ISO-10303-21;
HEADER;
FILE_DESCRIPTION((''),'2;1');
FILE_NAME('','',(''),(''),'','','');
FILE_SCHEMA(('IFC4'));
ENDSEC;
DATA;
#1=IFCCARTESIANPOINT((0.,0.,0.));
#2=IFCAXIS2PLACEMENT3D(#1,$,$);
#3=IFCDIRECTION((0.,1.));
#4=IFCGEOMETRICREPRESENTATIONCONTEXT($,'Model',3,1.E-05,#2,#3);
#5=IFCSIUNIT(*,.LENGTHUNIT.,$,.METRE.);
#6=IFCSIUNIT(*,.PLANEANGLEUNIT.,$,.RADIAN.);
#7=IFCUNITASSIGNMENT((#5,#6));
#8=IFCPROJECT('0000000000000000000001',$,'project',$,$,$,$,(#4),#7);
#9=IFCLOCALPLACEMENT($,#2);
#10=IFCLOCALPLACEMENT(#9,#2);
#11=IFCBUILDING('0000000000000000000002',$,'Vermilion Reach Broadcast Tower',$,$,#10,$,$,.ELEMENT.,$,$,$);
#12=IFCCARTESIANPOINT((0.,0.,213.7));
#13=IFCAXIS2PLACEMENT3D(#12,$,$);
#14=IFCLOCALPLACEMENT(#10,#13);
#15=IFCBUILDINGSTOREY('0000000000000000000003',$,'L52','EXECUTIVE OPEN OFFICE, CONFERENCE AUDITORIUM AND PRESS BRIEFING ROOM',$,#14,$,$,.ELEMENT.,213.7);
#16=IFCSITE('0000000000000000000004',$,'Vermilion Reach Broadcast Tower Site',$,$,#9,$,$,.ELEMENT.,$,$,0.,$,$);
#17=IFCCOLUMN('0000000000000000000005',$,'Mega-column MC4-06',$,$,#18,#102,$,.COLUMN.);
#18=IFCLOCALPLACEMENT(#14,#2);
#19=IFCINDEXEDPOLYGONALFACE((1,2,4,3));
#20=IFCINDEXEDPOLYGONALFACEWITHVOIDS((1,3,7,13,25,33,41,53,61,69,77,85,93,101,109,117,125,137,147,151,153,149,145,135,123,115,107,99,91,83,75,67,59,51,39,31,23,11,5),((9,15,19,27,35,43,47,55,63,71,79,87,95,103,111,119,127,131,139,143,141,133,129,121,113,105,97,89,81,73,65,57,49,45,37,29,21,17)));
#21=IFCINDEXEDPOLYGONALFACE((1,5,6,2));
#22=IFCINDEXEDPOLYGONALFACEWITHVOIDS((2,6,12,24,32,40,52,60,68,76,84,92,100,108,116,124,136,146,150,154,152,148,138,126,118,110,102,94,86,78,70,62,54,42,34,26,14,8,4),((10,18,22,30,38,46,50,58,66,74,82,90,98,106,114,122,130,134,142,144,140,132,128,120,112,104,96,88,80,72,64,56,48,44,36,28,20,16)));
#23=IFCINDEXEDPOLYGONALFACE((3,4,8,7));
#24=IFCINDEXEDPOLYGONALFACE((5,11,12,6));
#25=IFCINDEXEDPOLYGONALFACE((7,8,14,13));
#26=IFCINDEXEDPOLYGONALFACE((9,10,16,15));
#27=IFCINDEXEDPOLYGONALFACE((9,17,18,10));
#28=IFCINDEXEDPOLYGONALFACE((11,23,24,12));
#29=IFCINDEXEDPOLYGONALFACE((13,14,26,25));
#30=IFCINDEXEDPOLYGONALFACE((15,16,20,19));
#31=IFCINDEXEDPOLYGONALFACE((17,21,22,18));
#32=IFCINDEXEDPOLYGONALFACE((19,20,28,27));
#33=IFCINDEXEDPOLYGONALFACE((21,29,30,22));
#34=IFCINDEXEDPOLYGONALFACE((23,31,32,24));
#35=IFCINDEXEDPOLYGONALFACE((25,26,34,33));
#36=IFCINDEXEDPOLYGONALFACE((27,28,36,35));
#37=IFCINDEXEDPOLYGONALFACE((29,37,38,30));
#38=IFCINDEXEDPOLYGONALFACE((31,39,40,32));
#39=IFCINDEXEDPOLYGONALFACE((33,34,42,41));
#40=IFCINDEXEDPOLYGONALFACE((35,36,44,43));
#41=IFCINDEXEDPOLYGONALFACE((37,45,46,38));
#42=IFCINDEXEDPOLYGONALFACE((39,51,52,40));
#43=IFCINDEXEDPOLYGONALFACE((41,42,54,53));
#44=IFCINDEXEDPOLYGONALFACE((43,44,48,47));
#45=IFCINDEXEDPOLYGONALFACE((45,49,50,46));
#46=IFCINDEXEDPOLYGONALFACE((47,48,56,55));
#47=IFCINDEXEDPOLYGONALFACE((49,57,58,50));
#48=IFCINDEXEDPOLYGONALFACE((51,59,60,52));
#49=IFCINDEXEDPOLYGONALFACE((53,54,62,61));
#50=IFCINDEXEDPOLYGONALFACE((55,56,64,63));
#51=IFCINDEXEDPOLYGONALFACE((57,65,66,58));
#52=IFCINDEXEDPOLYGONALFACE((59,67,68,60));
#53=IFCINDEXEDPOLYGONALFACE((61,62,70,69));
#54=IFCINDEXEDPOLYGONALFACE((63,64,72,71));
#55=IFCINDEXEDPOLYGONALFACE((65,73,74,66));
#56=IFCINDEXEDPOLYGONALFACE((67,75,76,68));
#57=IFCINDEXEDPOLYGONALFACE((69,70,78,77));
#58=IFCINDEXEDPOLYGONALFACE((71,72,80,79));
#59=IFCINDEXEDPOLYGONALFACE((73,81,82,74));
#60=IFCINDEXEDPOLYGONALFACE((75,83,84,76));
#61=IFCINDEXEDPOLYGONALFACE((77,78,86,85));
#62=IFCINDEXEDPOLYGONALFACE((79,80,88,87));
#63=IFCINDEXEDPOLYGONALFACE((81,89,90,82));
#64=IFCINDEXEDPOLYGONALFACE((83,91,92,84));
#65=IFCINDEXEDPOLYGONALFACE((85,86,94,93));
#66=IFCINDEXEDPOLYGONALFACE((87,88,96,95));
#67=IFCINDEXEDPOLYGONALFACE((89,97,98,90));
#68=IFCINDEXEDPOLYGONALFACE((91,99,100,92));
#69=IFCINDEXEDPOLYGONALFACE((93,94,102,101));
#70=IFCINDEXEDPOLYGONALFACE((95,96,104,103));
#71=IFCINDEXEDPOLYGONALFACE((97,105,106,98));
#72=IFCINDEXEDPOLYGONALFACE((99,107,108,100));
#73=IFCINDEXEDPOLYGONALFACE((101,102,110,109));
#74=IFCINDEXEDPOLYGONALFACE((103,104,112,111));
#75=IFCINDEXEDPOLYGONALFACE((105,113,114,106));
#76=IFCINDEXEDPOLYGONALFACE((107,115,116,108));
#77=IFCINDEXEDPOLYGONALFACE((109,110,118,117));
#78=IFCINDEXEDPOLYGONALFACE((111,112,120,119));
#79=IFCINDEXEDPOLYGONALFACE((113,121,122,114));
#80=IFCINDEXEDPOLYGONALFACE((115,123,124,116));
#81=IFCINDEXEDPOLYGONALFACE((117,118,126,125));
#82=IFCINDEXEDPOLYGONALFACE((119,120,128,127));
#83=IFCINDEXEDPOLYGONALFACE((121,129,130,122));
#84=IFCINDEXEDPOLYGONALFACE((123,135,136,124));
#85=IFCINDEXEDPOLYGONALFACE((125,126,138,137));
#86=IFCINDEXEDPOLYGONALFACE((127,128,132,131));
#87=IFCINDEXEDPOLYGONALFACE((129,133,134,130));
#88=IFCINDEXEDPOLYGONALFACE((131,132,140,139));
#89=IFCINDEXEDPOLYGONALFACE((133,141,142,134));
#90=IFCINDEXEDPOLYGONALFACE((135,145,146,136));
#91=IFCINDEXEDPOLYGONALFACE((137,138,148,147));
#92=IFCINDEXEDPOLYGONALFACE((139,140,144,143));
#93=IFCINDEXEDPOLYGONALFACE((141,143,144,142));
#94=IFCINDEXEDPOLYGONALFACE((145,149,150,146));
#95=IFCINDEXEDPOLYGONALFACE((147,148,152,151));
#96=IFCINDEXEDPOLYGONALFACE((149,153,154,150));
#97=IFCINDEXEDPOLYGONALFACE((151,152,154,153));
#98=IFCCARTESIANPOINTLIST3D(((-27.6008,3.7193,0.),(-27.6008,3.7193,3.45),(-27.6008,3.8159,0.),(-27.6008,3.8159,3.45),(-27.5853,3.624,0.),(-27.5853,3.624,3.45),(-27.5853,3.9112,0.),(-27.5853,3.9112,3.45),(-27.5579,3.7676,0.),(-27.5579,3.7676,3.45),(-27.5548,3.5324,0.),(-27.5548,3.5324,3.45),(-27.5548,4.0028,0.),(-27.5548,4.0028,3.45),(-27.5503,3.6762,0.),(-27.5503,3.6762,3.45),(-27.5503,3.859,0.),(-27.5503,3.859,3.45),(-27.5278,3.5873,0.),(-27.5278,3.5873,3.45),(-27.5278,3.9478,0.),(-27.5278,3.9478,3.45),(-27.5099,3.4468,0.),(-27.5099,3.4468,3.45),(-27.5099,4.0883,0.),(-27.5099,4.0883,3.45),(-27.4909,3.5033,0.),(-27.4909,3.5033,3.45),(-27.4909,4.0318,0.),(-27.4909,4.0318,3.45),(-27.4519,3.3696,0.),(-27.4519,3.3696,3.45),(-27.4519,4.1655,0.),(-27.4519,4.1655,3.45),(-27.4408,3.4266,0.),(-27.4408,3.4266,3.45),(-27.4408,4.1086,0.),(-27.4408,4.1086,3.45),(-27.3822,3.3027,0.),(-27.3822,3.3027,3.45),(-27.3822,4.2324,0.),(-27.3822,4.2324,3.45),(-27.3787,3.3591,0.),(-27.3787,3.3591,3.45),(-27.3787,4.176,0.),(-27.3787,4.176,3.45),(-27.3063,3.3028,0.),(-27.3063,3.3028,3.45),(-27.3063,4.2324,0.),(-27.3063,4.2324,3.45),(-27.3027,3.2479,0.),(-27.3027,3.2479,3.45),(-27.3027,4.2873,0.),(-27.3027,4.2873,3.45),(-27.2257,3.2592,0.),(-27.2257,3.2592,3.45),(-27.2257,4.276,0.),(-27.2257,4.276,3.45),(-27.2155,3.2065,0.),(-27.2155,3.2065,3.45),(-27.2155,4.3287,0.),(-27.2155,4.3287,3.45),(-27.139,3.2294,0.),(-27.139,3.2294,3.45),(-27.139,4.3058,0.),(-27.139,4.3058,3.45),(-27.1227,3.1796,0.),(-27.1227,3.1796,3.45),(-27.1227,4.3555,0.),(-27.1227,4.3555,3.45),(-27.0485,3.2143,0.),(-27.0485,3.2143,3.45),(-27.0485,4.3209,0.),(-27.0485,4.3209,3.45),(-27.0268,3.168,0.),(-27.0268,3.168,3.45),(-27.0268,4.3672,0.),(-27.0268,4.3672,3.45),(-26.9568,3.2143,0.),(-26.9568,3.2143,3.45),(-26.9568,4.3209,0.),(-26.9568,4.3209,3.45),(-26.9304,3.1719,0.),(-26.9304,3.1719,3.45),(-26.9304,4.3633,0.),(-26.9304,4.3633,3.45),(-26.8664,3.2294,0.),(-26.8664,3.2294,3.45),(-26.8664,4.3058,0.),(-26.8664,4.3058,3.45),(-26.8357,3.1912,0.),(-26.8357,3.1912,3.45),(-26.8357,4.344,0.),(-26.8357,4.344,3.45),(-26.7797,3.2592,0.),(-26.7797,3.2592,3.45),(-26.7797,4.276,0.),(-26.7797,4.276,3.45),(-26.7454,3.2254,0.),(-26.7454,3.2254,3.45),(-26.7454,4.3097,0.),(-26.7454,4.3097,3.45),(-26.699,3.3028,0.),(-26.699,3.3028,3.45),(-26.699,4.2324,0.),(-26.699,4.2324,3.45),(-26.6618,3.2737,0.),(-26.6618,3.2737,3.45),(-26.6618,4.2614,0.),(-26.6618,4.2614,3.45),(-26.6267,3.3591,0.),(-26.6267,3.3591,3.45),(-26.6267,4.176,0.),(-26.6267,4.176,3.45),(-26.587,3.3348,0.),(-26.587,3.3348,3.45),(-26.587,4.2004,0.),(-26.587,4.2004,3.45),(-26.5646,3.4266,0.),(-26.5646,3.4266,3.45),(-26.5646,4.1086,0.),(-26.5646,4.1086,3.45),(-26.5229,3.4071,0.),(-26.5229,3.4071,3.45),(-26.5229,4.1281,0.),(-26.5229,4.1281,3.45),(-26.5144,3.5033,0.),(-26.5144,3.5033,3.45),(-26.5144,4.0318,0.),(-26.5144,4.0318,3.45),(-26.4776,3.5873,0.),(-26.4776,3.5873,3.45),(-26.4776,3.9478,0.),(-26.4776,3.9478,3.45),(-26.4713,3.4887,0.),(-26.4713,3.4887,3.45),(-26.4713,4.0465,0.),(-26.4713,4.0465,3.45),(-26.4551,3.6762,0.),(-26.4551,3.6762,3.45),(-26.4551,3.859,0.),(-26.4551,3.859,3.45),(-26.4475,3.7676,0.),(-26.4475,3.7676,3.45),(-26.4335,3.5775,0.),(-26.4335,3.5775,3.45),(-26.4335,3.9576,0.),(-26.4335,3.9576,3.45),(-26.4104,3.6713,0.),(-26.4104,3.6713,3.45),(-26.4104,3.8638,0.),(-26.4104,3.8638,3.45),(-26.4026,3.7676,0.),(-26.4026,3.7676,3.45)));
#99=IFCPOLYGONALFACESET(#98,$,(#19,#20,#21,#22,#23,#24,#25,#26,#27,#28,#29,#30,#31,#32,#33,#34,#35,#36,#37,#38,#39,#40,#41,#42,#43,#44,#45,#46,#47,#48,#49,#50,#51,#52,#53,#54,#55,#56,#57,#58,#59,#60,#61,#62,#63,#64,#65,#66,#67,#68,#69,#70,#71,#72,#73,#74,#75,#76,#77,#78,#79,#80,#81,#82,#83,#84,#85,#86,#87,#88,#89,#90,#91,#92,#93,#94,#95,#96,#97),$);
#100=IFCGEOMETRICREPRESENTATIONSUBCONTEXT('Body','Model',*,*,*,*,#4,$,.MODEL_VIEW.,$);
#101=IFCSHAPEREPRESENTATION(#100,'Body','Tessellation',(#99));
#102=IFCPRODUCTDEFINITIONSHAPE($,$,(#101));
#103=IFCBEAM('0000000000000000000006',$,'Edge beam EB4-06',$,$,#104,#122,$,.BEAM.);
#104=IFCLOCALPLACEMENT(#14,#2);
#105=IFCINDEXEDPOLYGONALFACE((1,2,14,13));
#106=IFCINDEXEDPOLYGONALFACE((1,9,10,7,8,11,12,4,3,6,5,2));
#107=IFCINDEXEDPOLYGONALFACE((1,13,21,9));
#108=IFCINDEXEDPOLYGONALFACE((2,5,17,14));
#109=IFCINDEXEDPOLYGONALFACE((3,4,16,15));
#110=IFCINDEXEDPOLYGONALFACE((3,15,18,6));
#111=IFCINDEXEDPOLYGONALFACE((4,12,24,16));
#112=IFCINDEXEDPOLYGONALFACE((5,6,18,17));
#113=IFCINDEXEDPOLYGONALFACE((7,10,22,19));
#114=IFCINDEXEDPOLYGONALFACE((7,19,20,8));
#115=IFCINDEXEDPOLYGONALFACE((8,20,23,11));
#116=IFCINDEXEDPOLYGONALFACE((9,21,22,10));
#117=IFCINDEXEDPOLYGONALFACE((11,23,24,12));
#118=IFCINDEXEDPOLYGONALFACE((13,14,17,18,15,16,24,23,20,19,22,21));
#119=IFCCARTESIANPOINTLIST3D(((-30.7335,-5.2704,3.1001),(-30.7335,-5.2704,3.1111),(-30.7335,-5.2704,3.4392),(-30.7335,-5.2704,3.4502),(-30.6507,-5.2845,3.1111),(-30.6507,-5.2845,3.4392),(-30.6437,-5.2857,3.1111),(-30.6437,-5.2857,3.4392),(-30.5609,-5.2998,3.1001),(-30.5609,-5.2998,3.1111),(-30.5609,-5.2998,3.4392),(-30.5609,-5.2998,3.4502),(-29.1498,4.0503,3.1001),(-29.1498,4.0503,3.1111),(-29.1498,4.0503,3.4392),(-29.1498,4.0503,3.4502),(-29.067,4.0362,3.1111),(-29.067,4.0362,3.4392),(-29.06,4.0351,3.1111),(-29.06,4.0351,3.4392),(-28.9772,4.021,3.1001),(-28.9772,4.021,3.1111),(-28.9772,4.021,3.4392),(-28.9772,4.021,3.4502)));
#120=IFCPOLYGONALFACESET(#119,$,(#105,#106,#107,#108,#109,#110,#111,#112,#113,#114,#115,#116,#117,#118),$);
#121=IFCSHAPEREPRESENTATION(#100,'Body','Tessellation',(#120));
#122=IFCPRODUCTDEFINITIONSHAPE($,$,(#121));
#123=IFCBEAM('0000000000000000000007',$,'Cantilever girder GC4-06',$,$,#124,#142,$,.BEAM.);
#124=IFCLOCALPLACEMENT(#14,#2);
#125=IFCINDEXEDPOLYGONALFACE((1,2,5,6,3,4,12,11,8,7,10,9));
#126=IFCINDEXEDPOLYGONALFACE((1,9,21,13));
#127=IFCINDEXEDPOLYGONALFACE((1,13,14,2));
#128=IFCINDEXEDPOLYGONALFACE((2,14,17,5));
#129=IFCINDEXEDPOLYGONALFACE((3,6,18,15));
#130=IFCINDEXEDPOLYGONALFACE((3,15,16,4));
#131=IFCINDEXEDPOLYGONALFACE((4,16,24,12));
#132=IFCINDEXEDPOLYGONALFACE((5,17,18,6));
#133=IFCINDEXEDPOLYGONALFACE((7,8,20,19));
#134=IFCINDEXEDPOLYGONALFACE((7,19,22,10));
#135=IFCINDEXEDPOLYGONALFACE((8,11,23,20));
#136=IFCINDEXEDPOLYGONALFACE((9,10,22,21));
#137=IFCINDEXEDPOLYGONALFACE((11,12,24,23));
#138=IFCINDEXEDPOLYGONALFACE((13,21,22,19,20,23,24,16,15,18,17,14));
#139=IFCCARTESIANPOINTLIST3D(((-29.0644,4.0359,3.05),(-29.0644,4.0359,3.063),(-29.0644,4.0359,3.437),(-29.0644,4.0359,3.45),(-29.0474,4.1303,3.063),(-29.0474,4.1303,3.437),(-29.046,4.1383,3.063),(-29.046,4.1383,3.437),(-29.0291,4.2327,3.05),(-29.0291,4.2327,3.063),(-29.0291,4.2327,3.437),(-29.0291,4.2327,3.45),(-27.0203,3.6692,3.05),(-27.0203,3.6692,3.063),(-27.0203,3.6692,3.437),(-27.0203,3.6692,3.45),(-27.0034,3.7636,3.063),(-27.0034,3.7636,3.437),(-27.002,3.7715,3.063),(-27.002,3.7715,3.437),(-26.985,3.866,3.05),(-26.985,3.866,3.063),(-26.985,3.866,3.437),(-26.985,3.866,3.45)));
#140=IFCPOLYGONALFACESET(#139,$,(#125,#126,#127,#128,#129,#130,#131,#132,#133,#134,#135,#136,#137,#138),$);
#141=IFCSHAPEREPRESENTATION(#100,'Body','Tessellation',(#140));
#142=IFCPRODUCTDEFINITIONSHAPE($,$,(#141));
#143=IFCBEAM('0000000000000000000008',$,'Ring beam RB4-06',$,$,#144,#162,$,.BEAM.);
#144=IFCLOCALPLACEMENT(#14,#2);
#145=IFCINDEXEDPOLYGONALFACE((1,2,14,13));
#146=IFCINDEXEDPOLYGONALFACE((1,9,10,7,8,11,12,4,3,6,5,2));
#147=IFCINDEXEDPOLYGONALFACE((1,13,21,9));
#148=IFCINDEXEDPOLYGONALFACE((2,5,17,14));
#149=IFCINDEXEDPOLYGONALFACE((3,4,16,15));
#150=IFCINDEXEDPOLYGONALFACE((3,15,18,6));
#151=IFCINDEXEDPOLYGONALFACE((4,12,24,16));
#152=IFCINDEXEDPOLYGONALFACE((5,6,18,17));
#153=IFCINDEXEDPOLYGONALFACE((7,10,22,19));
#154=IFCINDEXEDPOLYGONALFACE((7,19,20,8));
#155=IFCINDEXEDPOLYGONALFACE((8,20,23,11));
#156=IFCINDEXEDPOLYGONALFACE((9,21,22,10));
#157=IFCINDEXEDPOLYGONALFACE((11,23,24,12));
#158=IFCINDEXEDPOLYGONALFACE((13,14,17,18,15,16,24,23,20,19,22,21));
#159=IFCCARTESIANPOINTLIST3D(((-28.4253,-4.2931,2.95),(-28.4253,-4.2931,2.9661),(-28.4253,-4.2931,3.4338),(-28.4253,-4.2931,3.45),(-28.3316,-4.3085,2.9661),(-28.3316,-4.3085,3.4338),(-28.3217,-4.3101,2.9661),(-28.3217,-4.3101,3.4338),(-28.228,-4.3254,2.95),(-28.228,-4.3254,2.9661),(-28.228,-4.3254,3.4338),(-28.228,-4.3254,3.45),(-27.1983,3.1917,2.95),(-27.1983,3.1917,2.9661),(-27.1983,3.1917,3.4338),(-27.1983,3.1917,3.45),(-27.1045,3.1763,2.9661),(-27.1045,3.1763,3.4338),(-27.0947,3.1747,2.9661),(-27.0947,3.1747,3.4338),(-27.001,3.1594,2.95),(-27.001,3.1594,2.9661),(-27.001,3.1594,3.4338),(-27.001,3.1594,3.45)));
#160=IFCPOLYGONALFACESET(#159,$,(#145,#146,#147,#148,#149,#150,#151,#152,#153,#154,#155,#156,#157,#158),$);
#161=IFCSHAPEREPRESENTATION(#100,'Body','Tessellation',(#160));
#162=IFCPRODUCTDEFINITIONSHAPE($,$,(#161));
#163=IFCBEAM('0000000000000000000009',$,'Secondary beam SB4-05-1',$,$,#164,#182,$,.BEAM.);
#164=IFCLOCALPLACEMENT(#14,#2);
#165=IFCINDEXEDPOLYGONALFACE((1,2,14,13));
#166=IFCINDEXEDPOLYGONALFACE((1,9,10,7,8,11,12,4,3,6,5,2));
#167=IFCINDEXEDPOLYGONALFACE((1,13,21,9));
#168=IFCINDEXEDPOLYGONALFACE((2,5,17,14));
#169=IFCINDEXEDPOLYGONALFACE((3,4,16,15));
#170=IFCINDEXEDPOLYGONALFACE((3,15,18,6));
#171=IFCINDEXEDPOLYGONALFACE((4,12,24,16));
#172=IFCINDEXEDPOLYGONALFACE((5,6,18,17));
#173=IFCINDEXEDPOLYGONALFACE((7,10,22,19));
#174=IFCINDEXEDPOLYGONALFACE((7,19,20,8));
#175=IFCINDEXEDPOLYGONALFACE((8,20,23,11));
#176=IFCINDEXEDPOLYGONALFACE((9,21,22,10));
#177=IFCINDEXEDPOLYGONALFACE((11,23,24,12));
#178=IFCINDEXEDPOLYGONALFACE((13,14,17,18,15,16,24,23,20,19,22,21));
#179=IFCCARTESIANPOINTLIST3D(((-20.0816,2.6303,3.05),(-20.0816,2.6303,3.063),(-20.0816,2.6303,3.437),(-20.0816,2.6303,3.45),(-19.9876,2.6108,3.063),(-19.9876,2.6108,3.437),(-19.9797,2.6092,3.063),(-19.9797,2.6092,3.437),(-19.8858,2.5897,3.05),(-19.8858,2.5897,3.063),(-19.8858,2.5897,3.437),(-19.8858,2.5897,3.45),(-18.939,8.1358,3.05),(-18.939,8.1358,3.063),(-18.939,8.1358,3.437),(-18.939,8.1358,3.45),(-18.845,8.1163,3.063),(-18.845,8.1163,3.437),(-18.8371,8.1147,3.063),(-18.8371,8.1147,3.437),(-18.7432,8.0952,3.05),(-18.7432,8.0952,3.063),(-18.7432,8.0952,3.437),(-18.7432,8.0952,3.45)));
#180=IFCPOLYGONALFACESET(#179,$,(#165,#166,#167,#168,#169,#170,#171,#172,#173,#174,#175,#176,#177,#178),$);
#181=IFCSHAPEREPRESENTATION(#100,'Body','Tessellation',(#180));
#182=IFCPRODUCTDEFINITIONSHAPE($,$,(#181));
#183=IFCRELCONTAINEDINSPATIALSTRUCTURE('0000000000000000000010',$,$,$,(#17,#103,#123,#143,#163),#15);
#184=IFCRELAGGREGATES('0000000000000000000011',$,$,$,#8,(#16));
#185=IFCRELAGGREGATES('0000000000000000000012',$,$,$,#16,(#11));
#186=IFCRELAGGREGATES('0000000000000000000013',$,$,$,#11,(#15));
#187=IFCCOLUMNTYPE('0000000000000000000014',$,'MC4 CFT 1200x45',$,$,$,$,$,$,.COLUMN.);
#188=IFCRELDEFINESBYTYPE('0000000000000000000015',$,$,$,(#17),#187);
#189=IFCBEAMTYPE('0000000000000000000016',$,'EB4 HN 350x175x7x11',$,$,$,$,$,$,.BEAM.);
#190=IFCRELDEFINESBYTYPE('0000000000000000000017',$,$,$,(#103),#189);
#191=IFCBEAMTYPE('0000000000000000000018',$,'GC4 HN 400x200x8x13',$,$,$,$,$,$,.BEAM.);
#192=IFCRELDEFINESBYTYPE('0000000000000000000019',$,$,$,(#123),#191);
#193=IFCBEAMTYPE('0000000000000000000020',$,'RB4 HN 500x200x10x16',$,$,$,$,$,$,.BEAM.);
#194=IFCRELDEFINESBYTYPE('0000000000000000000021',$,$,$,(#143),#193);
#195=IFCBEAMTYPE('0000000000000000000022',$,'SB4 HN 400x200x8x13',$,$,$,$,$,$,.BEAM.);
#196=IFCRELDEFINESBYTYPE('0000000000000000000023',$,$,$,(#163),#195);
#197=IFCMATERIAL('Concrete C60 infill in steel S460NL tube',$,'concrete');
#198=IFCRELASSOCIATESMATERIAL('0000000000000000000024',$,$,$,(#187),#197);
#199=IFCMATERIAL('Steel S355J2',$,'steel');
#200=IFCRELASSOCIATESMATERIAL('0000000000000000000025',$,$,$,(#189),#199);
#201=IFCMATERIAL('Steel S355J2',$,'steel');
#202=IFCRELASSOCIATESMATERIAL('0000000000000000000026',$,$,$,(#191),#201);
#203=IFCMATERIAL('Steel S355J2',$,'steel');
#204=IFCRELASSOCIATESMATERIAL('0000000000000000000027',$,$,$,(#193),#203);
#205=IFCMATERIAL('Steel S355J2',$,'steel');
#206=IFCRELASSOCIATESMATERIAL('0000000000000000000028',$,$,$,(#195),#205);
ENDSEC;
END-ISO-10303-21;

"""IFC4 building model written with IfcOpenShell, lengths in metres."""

from ifc_helpers import new_model, si_unit, direction, frame, origin, origin_2d, place, context, subcontext, project, spatial, hollow_circle, i_section, extrude, material, material_profile, profile_set, type_object, element, save


model = new_model("IFC4")

# Units and contexts
model_context = context("Model", 3, precision=1e-05, world=origin(), true_north=direction((0.0, 1.0)))
body_context = subcontext(model_context, "Body", "Model", "MODEL_VIEW")
ifc_project = project(units=[si_unit("LENGTHUNIT", "METRE"), si_unit("PLANEANGLEUNIT", "RADIAN")], contexts=[model_context])

# Site, building, storey
site_placement = place(None, origin())
site = spatial("IfcSite", under=ifc_project, at=site_placement, Name="Vermilion Reach Broadcast Tower Site", CompositionType="ELEMENT", RefElevation=0.0)
building_placement = place(site_placement, origin())
building = spatial("IfcBuilding", under=site, at=building_placement, Name="Vermilion Reach Broadcast Tower", CompositionType="ELEMENT")
storey_placement = place(building_placement, frame((0.0, 0.0, 213.7)))
storey = spatial("IfcBuildingStorey", under=building, at=storey_placement, Name="L52", Description="EXECUTIVE OPEN OFFICE, CONFERENCE AUDITORIUM AND PRESS BRIEFING ROOM", CompositionType="ELEMENT", Elevation=213.7)

# Column
ifc_material_1 = material(Name="Concrete C60 infill in steel S460NL tube", Category="concrete")
ifc_material_profile_1 = material_profile(ifc_material_1, hollow_circle(Radius=0.6001, WallThickness=0.0449, at=origin_2d()), Name="Concrete C60 infill in steel S460NL tube CFT 1200x45")
ifc_profile_set_1 = profile_set([ifc_material_profile_1], Name="Concrete C60 infill in steel S460NL tube")
column_type = type_object("IfcColumnType", Name="MC4 CFT 1200x45", PredefinedType="COLUMN", material=ifc_profile_set_1)
column_placement = place(storey_placement, frame((-27.0027, 3.7676, 0.0), z_axis=(0.0, 0.0, 1.0), x_axis=(1.0, 0.0, 0.0)))
element("IfcColumn", 1, at=column_placement, inside=storey, type_object=column_type, Name="Mega-column MC4-06", PredefinedType="COLUMN", context=body_context, shape_type="SweptSolid", body=[
    extrude(hollow_circle(Radius=0.6001, WallThickness=0.0449, at=origin_2d()), origin(), (0.0, 0.0, 1.0), 3.45),
])

# Beams
ifc_material_2 = material(Name="Steel S355J2", Category="steel")
ifc_material_profile_2 = material_profile(ifc_material_2, i_section(OverallWidth=0.175, OverallDepth=0.3501, WebThickness=0.0071, FlangeThickness=0.011, at=origin_2d()), Name="S355J2 HN 350x175x7x11")
ifc_profile_set_2 = profile_set([ifc_material_profile_2], Name="Steel S355J2")
beam_type_1 = type_object("IfcBeamType", Name="EB4 HN 350x175x7x11", PredefinedType="BEAM", material=ifc_profile_set_2)
beam_1_placement = place(storey_placement, frame((-29.0635, 4.0356, 3.2751), z_axis=(-0.167514, -0.98587, 0.0), x_axis=(0.98587, -0.167514, 0.0)))
element("IfcBeam", 2, at=beam_1_placement, inside=storey, type_object=beam_type_1, Name="Edge beam EB4-06", PredefinedType="BEAM", context=body_context, shape_type="SweptSolid", body=[
    extrude(i_section(OverallWidth=0.175, OverallDepth=0.3501, WebThickness=0.0071, FlangeThickness=0.011, at=origin_2d()), origin(), (0.0, 0.0, 1.0), 9.4543),
])
ifc_material_3 = material(Name="Steel S355J2", Category="steel")
ifc_material_profile_3 = material_profile(ifc_material_3, i_section(OverallWidth=0.2, OverallDepth=0.3999, WebThickness=0.0081, FlangeThickness=0.0129, at=origin_2d()), Name="S355J2 HN 400x200x8x13")
ifc_profile_set_3 = profile_set([ifc_material_profile_3], Name="Steel S355J2")
beam_type_2 = type_object("IfcBeamType", Name="GC4 HN 400x200x8x13", PredefinedType="BEAM", material=ifc_profile_set_3)
beam_2_placement = place(storey_placement, frame((-27.0027, 3.7676, 3.25), z_axis=(-0.984285, 0.176588, 0.0), x_axis=(-0.176588, -0.984285, 0.0)))
element("IfcBeam", 3, at=beam_2_placement, inside=storey, type_object=beam_type_2, Name="Cantilever girder GC4-06", PredefinedType="BEAM", context=body_context, shape_type="SweptSolid", body=[
    extrude(i_section(OverallWidth=0.2, OverallDepth=0.3999, WebThickness=0.0081, FlangeThickness=0.0129, at=origin_2d()), origin(), (0.0, 0.0, 1.0), 2.0767),
])
ifc_material_4 = material(Name="Steel S355J2", Category="steel")
ifc_material_profile_4 = material_profile(ifc_material_4, i_section(OverallWidth=0.2, OverallDepth=0.5, WebThickness=0.01, FlangeThickness=0.0161, at=origin_2d()), Name="S355J2 HN 500x200x10x16")
ifc_profile_set_4 = profile_set([ifc_material_profile_4], Name="Steel S355J2")
beam_type_3 = type_object("IfcBeamType", Name="RB4 HN 500x200x10x16", PredefinedType="BEAM", material=ifc_profile_set_4)
beam_3_placement = place(storey_placement, frame((-27.0996, 3.1755, 3.2), z_axis=(-0.161778, -0.986827, 0.0), x_axis=(0.986827, -0.161778, 0.0)))
element("IfcBeam", 4, at=beam_3_placement, inside=storey, type_object=beam_type_3, Name="Ring beam RB4-06", PredefinedType="BEAM", context=body_context, shape_type="SweptSolid", body=[
    extrude(i_section(OverallWidth=0.2, OverallDepth=0.5, WebThickness=0.01, FlangeThickness=0.0161, at=origin_2d()), origin(), (0.0, 0.0, 1.0), 7.5847),
])
ifc_material_5 = material(Name="Steel S355J2", Category="steel")
ifc_material_profile_5 = material_profile(ifc_material_5, i_section(OverallWidth=0.2, OverallDepth=0.3999, WebThickness=0.0081, FlangeThickness=0.0129, at=origin_2d()), Name="S355J2 HN 400x200x8x13")
ifc_profile_set_5 = profile_set([ifc_material_profile_5], Name="Steel S355J2")
beam_type_4 = type_object("IfcBeamType", Name="SB4 HN 400x200x8x13", PredefinedType="BEAM", material=ifc_profile_set_5)
beam_4_placement = place(storey_placement, frame((-18.8411, 8.1155, 3.25), z_axis=(-0.203209, -0.979135, 0.0), x_axis=(0.979135, -0.203209, 0.0)))
element("IfcBeam", 5, at=beam_4_placement, inside=storey, type_object=beam_type_4, Name="Secondary beam SB4-05-1", PredefinedType="BEAM", context=body_context, shape_type="SweptSolid", body=[
    extrude(i_section(OverallWidth=0.2, OverallDepth=0.3999, WebThickness=0.0081, FlangeThickness=0.0129, at=origin_2d()), origin(), (0.0, 0.0, 1.0), 5.6228),
])

save(model, "model.ifc")
